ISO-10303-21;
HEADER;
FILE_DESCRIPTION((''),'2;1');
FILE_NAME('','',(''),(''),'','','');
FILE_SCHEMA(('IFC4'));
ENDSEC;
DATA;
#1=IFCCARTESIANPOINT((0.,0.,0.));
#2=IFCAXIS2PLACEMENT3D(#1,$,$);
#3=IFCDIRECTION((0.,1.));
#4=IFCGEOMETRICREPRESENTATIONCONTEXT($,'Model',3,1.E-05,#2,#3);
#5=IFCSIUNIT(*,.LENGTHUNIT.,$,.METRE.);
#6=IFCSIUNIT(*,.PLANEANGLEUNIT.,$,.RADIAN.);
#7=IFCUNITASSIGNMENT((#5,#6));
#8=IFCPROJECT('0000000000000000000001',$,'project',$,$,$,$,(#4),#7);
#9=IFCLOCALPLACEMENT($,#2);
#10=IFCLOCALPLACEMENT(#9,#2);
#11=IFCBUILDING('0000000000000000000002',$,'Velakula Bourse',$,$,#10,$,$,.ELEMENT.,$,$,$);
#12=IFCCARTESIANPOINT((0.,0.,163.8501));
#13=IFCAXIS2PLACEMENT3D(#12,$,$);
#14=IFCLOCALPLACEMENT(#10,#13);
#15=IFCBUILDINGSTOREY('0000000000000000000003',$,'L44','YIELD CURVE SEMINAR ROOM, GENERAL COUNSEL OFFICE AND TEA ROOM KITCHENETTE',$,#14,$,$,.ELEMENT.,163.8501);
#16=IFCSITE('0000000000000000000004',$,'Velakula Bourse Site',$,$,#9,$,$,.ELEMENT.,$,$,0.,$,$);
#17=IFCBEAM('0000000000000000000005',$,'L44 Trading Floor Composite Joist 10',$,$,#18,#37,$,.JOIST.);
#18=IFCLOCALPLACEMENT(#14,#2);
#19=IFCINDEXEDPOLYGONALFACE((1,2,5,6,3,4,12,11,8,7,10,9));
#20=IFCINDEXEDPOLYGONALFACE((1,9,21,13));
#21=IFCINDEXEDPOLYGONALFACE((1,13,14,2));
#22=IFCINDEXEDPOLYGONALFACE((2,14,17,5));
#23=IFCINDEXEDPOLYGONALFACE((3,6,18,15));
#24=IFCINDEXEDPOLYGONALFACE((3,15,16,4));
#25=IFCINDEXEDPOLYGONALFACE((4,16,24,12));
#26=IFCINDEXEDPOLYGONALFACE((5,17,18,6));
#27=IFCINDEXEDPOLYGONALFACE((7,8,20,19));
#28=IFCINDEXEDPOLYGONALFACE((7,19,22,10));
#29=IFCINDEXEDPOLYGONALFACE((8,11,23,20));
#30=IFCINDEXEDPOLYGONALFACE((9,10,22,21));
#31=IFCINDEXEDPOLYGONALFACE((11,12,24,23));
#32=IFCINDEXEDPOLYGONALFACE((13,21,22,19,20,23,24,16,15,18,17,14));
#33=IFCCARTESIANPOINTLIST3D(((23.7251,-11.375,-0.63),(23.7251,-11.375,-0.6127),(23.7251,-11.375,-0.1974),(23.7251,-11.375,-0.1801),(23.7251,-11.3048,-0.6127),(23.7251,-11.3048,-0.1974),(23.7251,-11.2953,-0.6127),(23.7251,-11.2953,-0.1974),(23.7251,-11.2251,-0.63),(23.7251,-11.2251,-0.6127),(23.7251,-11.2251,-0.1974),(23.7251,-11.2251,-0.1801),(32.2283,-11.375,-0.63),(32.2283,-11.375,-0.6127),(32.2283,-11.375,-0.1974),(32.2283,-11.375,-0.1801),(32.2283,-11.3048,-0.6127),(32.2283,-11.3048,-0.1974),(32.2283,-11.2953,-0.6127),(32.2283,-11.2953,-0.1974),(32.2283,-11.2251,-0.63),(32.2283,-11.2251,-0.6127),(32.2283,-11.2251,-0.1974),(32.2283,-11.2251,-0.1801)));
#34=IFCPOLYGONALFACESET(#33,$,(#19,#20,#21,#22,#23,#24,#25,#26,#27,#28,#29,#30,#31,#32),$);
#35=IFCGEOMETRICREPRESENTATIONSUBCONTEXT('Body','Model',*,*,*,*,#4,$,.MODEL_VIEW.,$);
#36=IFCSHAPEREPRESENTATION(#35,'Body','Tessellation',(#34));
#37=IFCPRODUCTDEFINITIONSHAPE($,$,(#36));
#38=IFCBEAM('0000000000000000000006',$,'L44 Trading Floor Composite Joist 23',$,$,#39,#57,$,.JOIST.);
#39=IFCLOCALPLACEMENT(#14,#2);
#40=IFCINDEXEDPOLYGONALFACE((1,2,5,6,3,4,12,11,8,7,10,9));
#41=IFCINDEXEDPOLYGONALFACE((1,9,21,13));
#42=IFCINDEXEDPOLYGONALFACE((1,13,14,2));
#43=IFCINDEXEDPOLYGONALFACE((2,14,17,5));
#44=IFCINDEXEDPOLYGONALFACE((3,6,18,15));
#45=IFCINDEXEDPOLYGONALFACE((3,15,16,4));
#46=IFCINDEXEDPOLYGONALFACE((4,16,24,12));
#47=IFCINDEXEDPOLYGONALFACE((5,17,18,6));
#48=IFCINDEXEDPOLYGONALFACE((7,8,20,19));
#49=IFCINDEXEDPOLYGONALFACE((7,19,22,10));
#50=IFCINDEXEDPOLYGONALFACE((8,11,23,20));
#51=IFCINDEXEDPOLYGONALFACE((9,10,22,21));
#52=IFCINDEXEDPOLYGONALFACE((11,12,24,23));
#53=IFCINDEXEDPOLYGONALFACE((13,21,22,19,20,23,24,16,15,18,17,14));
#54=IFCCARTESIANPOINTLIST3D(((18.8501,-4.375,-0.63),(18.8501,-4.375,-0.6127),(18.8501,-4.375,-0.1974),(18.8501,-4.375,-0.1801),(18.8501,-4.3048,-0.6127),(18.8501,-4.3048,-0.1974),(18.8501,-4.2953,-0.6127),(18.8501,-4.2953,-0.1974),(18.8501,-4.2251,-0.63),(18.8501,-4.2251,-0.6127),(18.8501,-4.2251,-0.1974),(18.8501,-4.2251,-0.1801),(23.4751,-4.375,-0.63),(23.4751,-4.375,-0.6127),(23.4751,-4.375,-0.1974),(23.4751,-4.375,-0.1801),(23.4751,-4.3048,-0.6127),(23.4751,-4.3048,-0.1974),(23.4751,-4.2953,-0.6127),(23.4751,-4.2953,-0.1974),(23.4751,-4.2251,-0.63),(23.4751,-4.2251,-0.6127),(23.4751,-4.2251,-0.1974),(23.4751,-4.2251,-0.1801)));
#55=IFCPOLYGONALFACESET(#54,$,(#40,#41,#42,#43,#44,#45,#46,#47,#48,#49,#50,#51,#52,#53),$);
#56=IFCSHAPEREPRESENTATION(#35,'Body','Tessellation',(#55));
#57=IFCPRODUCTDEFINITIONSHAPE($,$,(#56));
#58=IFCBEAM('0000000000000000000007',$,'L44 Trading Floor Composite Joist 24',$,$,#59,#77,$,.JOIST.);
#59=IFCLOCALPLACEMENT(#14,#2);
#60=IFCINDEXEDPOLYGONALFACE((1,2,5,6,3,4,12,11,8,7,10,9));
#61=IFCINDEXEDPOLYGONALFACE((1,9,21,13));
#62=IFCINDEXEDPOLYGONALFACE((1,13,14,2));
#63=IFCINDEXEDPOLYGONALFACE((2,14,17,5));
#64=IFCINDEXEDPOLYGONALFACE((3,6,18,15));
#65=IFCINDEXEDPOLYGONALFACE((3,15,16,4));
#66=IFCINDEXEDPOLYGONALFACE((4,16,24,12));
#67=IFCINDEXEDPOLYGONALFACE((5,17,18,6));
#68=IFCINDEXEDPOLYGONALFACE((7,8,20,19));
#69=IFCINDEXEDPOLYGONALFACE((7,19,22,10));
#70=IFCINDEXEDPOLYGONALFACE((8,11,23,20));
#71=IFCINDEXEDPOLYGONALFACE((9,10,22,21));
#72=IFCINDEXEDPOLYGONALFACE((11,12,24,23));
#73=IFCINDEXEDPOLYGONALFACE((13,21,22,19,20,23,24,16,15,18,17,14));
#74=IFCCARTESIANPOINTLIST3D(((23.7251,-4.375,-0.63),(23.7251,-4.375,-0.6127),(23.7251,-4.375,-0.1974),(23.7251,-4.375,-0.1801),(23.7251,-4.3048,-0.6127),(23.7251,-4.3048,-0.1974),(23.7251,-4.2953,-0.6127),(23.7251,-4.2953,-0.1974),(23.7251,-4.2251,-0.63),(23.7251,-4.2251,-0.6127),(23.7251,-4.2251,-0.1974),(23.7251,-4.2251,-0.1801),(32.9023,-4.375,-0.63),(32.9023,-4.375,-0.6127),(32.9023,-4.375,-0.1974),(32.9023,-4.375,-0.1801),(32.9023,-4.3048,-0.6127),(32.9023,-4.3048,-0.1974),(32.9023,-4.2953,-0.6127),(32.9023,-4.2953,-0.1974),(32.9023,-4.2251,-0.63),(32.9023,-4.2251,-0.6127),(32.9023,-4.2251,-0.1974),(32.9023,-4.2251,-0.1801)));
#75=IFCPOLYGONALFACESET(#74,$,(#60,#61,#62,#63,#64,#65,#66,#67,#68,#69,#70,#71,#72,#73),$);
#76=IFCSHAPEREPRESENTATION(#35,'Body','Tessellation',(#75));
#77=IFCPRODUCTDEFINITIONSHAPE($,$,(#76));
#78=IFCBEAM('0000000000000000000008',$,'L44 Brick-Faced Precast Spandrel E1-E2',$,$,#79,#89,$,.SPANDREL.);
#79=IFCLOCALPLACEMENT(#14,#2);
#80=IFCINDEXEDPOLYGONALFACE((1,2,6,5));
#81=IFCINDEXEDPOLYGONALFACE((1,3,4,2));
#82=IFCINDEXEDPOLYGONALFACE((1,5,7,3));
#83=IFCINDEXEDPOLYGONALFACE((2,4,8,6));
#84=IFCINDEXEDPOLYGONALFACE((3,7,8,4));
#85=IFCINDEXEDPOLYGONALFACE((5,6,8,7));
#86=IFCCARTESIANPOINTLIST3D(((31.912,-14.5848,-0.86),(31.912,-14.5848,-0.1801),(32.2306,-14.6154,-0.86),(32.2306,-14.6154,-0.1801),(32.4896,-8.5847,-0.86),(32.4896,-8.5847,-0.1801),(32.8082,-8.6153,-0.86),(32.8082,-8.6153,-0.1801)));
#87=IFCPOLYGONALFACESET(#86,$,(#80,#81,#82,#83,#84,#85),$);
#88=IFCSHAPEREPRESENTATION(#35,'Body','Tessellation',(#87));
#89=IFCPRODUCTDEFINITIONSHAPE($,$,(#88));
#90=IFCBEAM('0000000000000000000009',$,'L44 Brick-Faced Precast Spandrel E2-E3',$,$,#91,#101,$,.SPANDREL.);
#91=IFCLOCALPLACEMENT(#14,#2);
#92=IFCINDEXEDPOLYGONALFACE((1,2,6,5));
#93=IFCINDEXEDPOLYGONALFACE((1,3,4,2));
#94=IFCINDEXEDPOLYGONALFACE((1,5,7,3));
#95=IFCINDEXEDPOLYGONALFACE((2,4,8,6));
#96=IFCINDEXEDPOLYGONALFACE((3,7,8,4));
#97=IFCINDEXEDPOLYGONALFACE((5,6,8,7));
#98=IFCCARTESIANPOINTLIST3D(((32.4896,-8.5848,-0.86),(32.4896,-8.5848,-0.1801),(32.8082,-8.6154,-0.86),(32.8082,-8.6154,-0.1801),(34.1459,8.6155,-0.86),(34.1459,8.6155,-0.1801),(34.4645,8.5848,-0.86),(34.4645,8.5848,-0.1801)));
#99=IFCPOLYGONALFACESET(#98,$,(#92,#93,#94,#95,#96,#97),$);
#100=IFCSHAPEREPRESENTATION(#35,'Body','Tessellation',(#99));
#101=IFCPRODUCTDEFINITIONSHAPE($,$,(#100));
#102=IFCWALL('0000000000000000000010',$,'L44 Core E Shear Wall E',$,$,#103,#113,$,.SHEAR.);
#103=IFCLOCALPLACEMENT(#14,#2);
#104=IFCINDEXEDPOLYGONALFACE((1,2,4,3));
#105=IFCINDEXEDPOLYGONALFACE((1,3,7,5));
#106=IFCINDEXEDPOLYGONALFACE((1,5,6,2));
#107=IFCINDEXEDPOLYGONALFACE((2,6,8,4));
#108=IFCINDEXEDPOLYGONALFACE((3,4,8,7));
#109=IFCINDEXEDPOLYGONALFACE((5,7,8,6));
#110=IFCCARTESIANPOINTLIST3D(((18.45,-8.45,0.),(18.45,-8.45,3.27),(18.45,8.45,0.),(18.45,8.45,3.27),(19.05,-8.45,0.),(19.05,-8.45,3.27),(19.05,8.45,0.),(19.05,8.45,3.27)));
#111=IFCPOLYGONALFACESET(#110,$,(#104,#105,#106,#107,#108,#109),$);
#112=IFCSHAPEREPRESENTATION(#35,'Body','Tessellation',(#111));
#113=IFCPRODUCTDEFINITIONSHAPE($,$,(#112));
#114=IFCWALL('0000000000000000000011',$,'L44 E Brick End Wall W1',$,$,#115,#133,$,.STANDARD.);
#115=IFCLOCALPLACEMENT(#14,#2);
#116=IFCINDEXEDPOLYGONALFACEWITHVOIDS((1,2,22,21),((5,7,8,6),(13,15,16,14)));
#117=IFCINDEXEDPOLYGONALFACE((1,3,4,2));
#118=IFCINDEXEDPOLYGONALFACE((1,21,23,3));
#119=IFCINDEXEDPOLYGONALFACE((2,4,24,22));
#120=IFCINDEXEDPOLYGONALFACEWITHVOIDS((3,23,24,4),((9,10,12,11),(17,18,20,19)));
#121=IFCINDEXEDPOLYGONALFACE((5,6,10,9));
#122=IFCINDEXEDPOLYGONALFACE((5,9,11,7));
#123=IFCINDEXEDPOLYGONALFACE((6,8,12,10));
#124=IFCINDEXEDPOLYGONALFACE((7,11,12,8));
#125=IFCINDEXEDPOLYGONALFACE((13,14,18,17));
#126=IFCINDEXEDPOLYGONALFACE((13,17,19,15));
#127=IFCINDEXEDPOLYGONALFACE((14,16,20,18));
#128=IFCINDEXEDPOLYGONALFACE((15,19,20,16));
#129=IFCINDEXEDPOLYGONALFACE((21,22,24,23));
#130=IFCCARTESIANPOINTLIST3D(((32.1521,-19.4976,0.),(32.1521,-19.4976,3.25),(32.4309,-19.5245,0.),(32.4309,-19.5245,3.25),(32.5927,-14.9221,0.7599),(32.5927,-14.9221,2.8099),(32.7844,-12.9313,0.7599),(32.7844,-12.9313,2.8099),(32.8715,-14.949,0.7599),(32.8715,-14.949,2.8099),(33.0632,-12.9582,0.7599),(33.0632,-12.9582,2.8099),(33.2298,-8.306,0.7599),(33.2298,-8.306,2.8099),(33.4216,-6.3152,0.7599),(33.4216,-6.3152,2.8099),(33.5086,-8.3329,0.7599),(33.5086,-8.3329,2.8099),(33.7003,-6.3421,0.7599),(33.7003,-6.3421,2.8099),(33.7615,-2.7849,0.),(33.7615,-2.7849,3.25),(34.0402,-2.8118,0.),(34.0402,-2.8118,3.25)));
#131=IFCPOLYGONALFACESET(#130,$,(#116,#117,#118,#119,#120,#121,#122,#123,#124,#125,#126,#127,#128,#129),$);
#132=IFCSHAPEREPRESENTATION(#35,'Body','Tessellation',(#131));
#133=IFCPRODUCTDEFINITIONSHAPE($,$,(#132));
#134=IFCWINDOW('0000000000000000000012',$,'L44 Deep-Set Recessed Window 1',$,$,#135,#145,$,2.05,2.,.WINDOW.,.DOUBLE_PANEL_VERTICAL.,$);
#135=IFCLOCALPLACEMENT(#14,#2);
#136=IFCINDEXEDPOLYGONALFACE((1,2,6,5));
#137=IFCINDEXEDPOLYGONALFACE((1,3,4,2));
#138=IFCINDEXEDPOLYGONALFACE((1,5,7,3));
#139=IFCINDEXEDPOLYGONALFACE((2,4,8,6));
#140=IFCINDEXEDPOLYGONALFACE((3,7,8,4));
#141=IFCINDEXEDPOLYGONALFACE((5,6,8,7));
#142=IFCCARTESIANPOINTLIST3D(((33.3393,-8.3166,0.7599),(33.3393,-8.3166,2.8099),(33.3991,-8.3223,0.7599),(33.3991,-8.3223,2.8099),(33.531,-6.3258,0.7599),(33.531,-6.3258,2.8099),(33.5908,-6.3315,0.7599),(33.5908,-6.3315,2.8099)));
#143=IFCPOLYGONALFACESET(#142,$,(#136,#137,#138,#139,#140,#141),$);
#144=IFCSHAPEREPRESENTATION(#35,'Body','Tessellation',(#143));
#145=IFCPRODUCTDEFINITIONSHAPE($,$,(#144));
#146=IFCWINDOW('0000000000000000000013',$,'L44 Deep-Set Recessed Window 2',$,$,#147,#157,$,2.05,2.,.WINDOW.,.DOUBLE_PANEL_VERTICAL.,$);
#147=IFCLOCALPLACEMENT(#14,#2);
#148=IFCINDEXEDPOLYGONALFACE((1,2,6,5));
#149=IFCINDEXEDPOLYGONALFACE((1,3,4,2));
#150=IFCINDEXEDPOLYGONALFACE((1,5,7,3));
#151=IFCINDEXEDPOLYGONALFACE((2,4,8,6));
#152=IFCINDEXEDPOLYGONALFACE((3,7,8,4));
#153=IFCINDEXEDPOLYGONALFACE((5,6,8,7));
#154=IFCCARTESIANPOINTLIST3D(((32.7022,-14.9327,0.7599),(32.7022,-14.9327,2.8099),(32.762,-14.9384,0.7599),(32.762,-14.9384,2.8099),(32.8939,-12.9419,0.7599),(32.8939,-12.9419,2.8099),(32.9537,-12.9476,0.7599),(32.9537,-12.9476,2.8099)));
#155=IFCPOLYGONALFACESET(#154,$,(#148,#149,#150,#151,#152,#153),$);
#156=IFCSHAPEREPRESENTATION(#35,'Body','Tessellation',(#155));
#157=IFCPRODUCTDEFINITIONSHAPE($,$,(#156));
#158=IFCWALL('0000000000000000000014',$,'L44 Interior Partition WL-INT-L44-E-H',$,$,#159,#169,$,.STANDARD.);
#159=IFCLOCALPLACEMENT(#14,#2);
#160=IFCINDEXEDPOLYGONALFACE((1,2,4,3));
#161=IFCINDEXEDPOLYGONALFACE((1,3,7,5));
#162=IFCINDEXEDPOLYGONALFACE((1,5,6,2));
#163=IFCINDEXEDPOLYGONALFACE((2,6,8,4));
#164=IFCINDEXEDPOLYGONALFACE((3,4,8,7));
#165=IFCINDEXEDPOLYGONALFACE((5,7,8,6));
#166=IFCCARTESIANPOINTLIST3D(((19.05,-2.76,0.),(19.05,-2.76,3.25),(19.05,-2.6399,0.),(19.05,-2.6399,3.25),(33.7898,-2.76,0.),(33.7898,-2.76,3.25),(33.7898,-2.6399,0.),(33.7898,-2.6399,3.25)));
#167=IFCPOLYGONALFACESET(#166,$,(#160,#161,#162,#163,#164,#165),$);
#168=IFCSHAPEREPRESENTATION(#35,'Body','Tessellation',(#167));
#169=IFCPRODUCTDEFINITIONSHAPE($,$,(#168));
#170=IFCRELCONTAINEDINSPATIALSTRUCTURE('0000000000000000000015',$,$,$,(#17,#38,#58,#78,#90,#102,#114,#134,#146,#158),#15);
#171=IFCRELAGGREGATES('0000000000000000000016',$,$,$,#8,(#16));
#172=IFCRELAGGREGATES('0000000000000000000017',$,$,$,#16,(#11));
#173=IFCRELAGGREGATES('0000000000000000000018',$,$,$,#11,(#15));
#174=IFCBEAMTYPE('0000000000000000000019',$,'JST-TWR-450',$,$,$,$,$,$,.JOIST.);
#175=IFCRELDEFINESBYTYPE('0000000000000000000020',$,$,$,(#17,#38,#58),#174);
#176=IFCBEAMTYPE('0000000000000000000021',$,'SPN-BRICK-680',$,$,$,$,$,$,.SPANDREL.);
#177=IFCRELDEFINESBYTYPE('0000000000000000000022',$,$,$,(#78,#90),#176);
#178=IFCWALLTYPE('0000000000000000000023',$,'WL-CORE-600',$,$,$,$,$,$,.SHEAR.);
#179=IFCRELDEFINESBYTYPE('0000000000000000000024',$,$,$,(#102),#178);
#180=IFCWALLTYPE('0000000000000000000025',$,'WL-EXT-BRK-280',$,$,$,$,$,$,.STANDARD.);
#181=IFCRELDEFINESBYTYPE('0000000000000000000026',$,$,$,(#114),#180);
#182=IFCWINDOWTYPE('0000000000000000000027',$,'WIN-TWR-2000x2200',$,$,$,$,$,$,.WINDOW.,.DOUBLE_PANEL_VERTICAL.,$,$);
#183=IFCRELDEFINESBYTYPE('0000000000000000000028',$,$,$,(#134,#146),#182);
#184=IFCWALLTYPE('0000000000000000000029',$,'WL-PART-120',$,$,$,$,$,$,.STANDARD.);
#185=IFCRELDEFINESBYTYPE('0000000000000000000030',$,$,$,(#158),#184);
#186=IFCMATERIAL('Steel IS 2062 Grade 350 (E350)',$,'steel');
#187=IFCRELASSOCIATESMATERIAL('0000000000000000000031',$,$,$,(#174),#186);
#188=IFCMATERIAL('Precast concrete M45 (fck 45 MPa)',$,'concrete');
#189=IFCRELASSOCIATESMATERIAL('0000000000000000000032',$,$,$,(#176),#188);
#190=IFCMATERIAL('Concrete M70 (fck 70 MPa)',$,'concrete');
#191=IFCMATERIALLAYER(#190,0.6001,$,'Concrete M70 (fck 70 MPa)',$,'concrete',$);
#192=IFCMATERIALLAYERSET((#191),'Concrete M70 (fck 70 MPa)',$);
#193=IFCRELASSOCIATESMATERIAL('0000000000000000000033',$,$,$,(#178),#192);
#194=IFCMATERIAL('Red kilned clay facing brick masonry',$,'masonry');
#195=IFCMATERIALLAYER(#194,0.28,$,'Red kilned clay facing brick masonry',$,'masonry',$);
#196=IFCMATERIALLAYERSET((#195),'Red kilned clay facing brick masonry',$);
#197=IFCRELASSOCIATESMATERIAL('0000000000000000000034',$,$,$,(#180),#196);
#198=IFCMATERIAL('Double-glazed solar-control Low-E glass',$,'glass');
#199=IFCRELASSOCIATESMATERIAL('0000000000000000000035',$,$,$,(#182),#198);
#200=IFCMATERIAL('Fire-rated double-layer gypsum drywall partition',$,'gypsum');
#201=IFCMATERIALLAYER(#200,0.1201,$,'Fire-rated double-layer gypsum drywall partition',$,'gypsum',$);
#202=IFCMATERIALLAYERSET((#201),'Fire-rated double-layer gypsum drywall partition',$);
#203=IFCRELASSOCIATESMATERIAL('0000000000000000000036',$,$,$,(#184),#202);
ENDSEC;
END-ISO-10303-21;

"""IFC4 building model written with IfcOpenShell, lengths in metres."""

from ifc_helpers import new_model, si_unit, direction, frame, frame_2d, origin, origin_2d, place, context, subcontext, project, spatial, rectangle, i_section, extrude, material, layer, layer_set, material_profile, profile_set, type_object, element, fill, save


model = new_model("IFC4")

# Units and contexts
model_context = context("Model", 3, precision=1e-05, world=origin(), true_north=direction((0.0, 1.0)))
body_context = subcontext(model_context, "Body", "Model", "MODEL_VIEW")
ifc_project = project(units=[si_unit("LENGTHUNIT", "METRE"), si_unit("PLANEANGLEUNIT", "RADIAN")], contexts=[model_context])

# Site, building, storey
site_placement = place(None, origin())
site = spatial("IfcSite", under=ifc_project, at=site_placement, Name="Velakula Bourse Site", CompositionType="ELEMENT", RefElevation=0.0)
building_placement = place(site_placement, origin())
building = spatial("IfcBuilding", under=site, at=building_placement, Name="Velakula Bourse", CompositionType="ELEMENT")
storey_placement = place(building_placement, frame((0.0, 0.0, 163.8501)))
storey = spatial("IfcBuildingStorey", under=building, at=storey_placement, Name="L44", Description="YIELD CURVE SEMINAR ROOM, GENERAL COUNSEL OFFICE AND TEA ROOM KITCHENETTE", CompositionType="ELEMENT", Elevation=163.8501)

# Shared definitions
ifc_material_1 = material(Name="Concrete M70 (fck 70 MPa)", Category="concrete")
ifc_material_2 = material(Name="Steel IS 2062 Grade 350 (E350)", Category="steel")

# Beams
ifc_material_profile_1 = material_profile(ifc_material_2, i_section(OverallWidth=0.1499, OverallDepth=0.45, WebThickness=0.0095, FlangeThickness=0.0173, at=origin_2d()), Name="Steel IS 2062 Grade 350 (E350)")
ifc_profile_set_1 = profile_set([ifc_material_profile_1], Name="Steel IS 2062 Grade 350 (E350)")
beam_type_1 = type_object("IfcBeamType", Name="JST-TWR-450", PredefinedType="JOIST", material=ifc_profile_set_1)
beam_1_placement = place(storey_placement, frame((23.7251, -11.3, -0.405), z_axis=(1.0, 0.0, 0.0), x_axis=(0.0, 1.0, 0.0)))
element("IfcBeam", 1, at=beam_1_placement, inside=storey, type_object=beam_type_1, Name="L44 Trading Floor Composite Joist 10", PredefinedType="JOIST", context=body_context, shape_type="SweptSolid", body=[
    extrude(i_section(OverallWidth=0.1499, OverallDepth=0.45, WebThickness=0.0095, FlangeThickness=0.0173, at=origin_2d()), origin(), (0.0, 0.0, 1.0), 8.5032),
])
beam_2_placement = place(storey_placement, frame((18.8501, -4.3, -0.405), z_axis=(1.0, 0.0, 0.0), x_axis=(0.0, 1.0, 0.0)))
element("IfcBeam", 2, at=beam_2_placement, inside=storey, type_object=beam_type_1, Name="L44 Trading Floor Composite Joist 23", PredefinedType="JOIST", context=body_context, shape_type="SweptSolid", body=[
    extrude(i_section(OverallWidth=0.1499, OverallDepth=0.45, WebThickness=0.0095, FlangeThickness=0.0173, at=origin_2d()), origin(), (0.0, 0.0, 1.0), 4.625),
])
beam_3_placement = place(storey_placement, frame((23.7251, -4.3, -0.405), z_axis=(1.0, 0.0, 0.0), x_axis=(0.0, 1.0, 0.0)))
element("IfcBeam", 3, at=beam_3_placement, inside=storey, type_object=beam_type_1, Name="L44 Trading Floor Composite Joist 24", PredefinedType="JOIST", context=body_context, shape_type="SweptSolid", body=[
    extrude(i_section(OverallWidth=0.1499, OverallDepth=0.45, WebThickness=0.0095, FlangeThickness=0.0173, at=origin_2d()), origin(), (0.0, 0.0, 1.0), 9.1772),
])
ifc_material_3 = material(Name="Precast concrete M45 (fck 45 MPa)", Category="concrete")
ifc_material_profile_2 = material_profile(ifc_material_3, rectangle(XDim=0.3201, YDim=0.6799, at=origin_2d()), Name="Precast concrete M45 (fck 45 MPa)")
ifc_profile_set_2 = profile_set([ifc_material_profile_2], Name="Precast concrete M45 (fck 45 MPa)")
beam_type_2 = type_object("IfcBeamType", Name="SPN-BRICK-680", PredefinedType="SPANDREL", material=ifc_profile_set_2)
beam_4_placement = place(storey_placement, frame((32.0713, -14.6001, -0.52), z_axis=(0.09583, 0.995398, 0.0), x_axis=(-0.995398, 0.09583, 0.0)))
element("IfcBeam", 4, at=beam_4_placement, inside=storey, type_object=beam_type_2, Name="L44 Brick-Faced Precast Spandrel E1-E2", PredefinedType="SPANDREL", context=body_context, shape_type="SweptSolid", body=[
    extrude(rectangle(XDim=0.3201, YDim=0.6799, at=origin_2d()), origin(), (0.0, 0.0, 1.0), 6.0278),
])
beam_5_placement = place(storey_placement, frame((32.6489, -8.6001, -0.52), z_axis=(0.095849, 0.995396, 0.0), x_axis=(-0.995396, 0.095849, 0.0)))
element("IfcBeam", 5, at=beam_5_placement, inside=storey, type_object=beam_type_2, Name="L44 Brick-Faced Precast Spandrel E2-E3", PredefinedType="SPANDREL", context=body_context, shape_type="SweptSolid", body=[
    extrude(rectangle(XDim=0.3201, YDim=0.6799, at=origin_2d()), origin(), (0.0, 0.0, 1.0), 17.2798),
])

# Wall
ifc_layer_1 = layer(ifc_material_1, 0.6001, Name="Concrete M70 (fck 70 MPa)", Category="concrete")
ifc_layer_set_1 = layer_set([ifc_layer_1], Name="Concrete M70 (fck 70 MPa)")
wall_type_1 = type_object("IfcWallType", Name="WL-CORE-600", PredefinedType="SHEAR", material=ifc_layer_set_1)
wall_1_placement = place(storey_placement, frame((18.75, -8.45, 0.0), z_axis=(0.0, 0.0, 1.0), x_axis=(0.0, 1.0, 0.0)))
element("IfcWall", 6, at=wall_1_placement, inside=storey, type_object=wall_type_1, Name="L44 Core E Shear Wall E", PredefinedType="SHEAR", context=body_context, shape_type="SweptSolid", body=[
    extrude(rectangle(XDim=16.8999, YDim=0.6001, at=frame_2d((8.45, 0.0))), origin(), (0.0, 0.0, 1.0), 3.27),
])

# Wall, openings, windows
ifc_material_4 = material(Name="Red kilned clay facing brick masonry", Category="masonry")
ifc_layer_2 = layer(ifc_material_4, 0.28, Name="Red kilned clay facing brick masonry", Category="masonry")
ifc_layer_set_2 = layer_set([ifc_layer_2], Name="Red kilned clay facing brick masonry")
wall_type_2 = type_object("IfcWallType", Name="WL-EXT-BRK-280", PredefinedType="STANDARD", material=ifc_layer_set_2)
wall_2_placement = place(storey_placement, frame((33.9009, -2.7983, 0.0), z_axis=(0.0, 0.0, 1.0), x_axis=(-0.095853, -0.995395, 0.0)))
wall_2 = element("IfcWall", 7, at=wall_2_placement, inside=storey, type_object=wall_type_2, Name="L44 E Brick End Wall W1", PredefinedType="STANDARD", context=body_context, shape_type="SweptSolid", body=[
    extrude(rectangle(XDim=16.79, YDim=0.28, at=frame_2d((8.395, 0.0))), origin(), (0.0, 0.0, 1.0), 3.25),
])
opening_1_placement = place(wall_2_placement, frame((3.5466, 0.0, 0.76)))
opening_1 = element("IfcOpeningElement", 8, at=opening_1_placement, cuts=wall_2, PredefinedType="OPENING", context=body_context, shape_type="SweptSolid", body=[
    extrude(rectangle(XDim=2.0, YDim=2.05, at=frame_2d((1.0, 1.0249))), frame((0.0, 0.1499, 0.0), z_axis=(0.0, -1.0, 0.0), x_axis=(1.0, 0.0, 0.0)), (0.0, 0.0, 1.0), 0.3),
])
opening_2_placement = place(wall_2_placement, frame((10.1934, 0.0, 0.76)))
opening_2 = element("IfcOpeningElement", 9, at=opening_2_placement, cuts=wall_2, PredefinedType="OPENING", context=body_context, shape_type="SweptSolid", body=[
    extrude(rectangle(XDim=2.0, YDim=2.05, at=frame_2d((1.0, 1.0249))), frame((0.0, 0.1499, 0.0), z_axis=(0.0, -1.0, 0.0), x_axis=(1.0, 0.0, 0.0)), (0.0, 0.0, 1.0), 0.3),
])
ifc_material_5 = material(Name="Double-glazed solar-control Low-E glass", Category="glass")
window_type = type_object("IfcWindowType", Name="WIN-TWR-2000x2200", PartitioningType="DOUBLE_PANEL_VERTICAL", PredefinedType="WINDOW", material=ifc_material_5)
window_1_placement = place(opening_1_placement, origin())
window_1 = element("IfcWindow", 10, at=window_1_placement, inside=storey, type_object=window_type, Name="L44 Deep-Set Recessed Window 1", OverallHeight=2.05, OverallWidth=2.0, PartitioningType="DOUBLE_PANEL_VERTICAL", PredefinedType="WINDOW", context=body_context, shape_type="SweptSolid", body=[
    extrude(rectangle(XDim=2.0, YDim=2.05, at=frame_2d((1.0, 1.0249))), frame((0.0, 0.03, 0.0), z_axis=(0.0, -1.0, 0.0), x_axis=(1.0, 0.0, 0.0)), (0.0, 0.0, 1.0), 0.0601),
])
fill(opening_1, window_1)
window_2_placement = place(opening_2_placement, origin())
window_2 = element("IfcWindow", 11, at=window_2_placement, inside=storey, type_object=window_type, Name="L44 Deep-Set Recessed Window 2", OverallHeight=2.05, OverallWidth=2.0, PartitioningType="DOUBLE_PANEL_VERTICAL", PredefinedType="WINDOW", context=body_context, shape_type="SweptSolid", body=[
    extrude(rectangle(XDim=2.0, YDim=2.05, at=frame_2d((1.0, 1.0249))), frame((0.0, 0.03, 0.0), z_axis=(0.0, -1.0, 0.0), x_axis=(1.0, 0.0, 0.0)), (0.0, 0.0, 1.0), 0.0601),
])
fill(opening_2, window_2)

# Wall
ifc_material_6 = material(Name="Fire-rated double-layer gypsum drywall partition", Category="gypsum")
ifc_layer_3 = layer(ifc_material_6, 0.1201, Name="Fire-rated double-layer gypsum drywall partition", Category="gypsum")
ifc_layer_set_3 = layer_set([ifc_layer_3], Name="Fire-rated double-layer gypsum drywall partition")
wall_type_3 = type_object("IfcWallType", Name="WL-PART-120", PredefinedType="STANDARD", material=ifc_layer_set_3)
wall_3_placement = place(storey_placement, frame((19.05, -2.7, 0.0), z_axis=(0.0, 0.0, 1.0), x_axis=(1.0, 0.0, 0.0)))
element("IfcWall", 12, at=wall_3_placement, inside=storey, type_object=wall_type_3, Name="L44 Interior Partition WL-INT-L44-E-H", PredefinedType="STANDARD", context=body_context, shape_type="SweptSolid", body=[
    extrude(rectangle(XDim=14.7397, YDim=0.1201, at=frame_2d((7.3699, 0.0))), origin(), (0.0, 0.0, 1.0), 3.25),
])

save(model, "model.ifc")
